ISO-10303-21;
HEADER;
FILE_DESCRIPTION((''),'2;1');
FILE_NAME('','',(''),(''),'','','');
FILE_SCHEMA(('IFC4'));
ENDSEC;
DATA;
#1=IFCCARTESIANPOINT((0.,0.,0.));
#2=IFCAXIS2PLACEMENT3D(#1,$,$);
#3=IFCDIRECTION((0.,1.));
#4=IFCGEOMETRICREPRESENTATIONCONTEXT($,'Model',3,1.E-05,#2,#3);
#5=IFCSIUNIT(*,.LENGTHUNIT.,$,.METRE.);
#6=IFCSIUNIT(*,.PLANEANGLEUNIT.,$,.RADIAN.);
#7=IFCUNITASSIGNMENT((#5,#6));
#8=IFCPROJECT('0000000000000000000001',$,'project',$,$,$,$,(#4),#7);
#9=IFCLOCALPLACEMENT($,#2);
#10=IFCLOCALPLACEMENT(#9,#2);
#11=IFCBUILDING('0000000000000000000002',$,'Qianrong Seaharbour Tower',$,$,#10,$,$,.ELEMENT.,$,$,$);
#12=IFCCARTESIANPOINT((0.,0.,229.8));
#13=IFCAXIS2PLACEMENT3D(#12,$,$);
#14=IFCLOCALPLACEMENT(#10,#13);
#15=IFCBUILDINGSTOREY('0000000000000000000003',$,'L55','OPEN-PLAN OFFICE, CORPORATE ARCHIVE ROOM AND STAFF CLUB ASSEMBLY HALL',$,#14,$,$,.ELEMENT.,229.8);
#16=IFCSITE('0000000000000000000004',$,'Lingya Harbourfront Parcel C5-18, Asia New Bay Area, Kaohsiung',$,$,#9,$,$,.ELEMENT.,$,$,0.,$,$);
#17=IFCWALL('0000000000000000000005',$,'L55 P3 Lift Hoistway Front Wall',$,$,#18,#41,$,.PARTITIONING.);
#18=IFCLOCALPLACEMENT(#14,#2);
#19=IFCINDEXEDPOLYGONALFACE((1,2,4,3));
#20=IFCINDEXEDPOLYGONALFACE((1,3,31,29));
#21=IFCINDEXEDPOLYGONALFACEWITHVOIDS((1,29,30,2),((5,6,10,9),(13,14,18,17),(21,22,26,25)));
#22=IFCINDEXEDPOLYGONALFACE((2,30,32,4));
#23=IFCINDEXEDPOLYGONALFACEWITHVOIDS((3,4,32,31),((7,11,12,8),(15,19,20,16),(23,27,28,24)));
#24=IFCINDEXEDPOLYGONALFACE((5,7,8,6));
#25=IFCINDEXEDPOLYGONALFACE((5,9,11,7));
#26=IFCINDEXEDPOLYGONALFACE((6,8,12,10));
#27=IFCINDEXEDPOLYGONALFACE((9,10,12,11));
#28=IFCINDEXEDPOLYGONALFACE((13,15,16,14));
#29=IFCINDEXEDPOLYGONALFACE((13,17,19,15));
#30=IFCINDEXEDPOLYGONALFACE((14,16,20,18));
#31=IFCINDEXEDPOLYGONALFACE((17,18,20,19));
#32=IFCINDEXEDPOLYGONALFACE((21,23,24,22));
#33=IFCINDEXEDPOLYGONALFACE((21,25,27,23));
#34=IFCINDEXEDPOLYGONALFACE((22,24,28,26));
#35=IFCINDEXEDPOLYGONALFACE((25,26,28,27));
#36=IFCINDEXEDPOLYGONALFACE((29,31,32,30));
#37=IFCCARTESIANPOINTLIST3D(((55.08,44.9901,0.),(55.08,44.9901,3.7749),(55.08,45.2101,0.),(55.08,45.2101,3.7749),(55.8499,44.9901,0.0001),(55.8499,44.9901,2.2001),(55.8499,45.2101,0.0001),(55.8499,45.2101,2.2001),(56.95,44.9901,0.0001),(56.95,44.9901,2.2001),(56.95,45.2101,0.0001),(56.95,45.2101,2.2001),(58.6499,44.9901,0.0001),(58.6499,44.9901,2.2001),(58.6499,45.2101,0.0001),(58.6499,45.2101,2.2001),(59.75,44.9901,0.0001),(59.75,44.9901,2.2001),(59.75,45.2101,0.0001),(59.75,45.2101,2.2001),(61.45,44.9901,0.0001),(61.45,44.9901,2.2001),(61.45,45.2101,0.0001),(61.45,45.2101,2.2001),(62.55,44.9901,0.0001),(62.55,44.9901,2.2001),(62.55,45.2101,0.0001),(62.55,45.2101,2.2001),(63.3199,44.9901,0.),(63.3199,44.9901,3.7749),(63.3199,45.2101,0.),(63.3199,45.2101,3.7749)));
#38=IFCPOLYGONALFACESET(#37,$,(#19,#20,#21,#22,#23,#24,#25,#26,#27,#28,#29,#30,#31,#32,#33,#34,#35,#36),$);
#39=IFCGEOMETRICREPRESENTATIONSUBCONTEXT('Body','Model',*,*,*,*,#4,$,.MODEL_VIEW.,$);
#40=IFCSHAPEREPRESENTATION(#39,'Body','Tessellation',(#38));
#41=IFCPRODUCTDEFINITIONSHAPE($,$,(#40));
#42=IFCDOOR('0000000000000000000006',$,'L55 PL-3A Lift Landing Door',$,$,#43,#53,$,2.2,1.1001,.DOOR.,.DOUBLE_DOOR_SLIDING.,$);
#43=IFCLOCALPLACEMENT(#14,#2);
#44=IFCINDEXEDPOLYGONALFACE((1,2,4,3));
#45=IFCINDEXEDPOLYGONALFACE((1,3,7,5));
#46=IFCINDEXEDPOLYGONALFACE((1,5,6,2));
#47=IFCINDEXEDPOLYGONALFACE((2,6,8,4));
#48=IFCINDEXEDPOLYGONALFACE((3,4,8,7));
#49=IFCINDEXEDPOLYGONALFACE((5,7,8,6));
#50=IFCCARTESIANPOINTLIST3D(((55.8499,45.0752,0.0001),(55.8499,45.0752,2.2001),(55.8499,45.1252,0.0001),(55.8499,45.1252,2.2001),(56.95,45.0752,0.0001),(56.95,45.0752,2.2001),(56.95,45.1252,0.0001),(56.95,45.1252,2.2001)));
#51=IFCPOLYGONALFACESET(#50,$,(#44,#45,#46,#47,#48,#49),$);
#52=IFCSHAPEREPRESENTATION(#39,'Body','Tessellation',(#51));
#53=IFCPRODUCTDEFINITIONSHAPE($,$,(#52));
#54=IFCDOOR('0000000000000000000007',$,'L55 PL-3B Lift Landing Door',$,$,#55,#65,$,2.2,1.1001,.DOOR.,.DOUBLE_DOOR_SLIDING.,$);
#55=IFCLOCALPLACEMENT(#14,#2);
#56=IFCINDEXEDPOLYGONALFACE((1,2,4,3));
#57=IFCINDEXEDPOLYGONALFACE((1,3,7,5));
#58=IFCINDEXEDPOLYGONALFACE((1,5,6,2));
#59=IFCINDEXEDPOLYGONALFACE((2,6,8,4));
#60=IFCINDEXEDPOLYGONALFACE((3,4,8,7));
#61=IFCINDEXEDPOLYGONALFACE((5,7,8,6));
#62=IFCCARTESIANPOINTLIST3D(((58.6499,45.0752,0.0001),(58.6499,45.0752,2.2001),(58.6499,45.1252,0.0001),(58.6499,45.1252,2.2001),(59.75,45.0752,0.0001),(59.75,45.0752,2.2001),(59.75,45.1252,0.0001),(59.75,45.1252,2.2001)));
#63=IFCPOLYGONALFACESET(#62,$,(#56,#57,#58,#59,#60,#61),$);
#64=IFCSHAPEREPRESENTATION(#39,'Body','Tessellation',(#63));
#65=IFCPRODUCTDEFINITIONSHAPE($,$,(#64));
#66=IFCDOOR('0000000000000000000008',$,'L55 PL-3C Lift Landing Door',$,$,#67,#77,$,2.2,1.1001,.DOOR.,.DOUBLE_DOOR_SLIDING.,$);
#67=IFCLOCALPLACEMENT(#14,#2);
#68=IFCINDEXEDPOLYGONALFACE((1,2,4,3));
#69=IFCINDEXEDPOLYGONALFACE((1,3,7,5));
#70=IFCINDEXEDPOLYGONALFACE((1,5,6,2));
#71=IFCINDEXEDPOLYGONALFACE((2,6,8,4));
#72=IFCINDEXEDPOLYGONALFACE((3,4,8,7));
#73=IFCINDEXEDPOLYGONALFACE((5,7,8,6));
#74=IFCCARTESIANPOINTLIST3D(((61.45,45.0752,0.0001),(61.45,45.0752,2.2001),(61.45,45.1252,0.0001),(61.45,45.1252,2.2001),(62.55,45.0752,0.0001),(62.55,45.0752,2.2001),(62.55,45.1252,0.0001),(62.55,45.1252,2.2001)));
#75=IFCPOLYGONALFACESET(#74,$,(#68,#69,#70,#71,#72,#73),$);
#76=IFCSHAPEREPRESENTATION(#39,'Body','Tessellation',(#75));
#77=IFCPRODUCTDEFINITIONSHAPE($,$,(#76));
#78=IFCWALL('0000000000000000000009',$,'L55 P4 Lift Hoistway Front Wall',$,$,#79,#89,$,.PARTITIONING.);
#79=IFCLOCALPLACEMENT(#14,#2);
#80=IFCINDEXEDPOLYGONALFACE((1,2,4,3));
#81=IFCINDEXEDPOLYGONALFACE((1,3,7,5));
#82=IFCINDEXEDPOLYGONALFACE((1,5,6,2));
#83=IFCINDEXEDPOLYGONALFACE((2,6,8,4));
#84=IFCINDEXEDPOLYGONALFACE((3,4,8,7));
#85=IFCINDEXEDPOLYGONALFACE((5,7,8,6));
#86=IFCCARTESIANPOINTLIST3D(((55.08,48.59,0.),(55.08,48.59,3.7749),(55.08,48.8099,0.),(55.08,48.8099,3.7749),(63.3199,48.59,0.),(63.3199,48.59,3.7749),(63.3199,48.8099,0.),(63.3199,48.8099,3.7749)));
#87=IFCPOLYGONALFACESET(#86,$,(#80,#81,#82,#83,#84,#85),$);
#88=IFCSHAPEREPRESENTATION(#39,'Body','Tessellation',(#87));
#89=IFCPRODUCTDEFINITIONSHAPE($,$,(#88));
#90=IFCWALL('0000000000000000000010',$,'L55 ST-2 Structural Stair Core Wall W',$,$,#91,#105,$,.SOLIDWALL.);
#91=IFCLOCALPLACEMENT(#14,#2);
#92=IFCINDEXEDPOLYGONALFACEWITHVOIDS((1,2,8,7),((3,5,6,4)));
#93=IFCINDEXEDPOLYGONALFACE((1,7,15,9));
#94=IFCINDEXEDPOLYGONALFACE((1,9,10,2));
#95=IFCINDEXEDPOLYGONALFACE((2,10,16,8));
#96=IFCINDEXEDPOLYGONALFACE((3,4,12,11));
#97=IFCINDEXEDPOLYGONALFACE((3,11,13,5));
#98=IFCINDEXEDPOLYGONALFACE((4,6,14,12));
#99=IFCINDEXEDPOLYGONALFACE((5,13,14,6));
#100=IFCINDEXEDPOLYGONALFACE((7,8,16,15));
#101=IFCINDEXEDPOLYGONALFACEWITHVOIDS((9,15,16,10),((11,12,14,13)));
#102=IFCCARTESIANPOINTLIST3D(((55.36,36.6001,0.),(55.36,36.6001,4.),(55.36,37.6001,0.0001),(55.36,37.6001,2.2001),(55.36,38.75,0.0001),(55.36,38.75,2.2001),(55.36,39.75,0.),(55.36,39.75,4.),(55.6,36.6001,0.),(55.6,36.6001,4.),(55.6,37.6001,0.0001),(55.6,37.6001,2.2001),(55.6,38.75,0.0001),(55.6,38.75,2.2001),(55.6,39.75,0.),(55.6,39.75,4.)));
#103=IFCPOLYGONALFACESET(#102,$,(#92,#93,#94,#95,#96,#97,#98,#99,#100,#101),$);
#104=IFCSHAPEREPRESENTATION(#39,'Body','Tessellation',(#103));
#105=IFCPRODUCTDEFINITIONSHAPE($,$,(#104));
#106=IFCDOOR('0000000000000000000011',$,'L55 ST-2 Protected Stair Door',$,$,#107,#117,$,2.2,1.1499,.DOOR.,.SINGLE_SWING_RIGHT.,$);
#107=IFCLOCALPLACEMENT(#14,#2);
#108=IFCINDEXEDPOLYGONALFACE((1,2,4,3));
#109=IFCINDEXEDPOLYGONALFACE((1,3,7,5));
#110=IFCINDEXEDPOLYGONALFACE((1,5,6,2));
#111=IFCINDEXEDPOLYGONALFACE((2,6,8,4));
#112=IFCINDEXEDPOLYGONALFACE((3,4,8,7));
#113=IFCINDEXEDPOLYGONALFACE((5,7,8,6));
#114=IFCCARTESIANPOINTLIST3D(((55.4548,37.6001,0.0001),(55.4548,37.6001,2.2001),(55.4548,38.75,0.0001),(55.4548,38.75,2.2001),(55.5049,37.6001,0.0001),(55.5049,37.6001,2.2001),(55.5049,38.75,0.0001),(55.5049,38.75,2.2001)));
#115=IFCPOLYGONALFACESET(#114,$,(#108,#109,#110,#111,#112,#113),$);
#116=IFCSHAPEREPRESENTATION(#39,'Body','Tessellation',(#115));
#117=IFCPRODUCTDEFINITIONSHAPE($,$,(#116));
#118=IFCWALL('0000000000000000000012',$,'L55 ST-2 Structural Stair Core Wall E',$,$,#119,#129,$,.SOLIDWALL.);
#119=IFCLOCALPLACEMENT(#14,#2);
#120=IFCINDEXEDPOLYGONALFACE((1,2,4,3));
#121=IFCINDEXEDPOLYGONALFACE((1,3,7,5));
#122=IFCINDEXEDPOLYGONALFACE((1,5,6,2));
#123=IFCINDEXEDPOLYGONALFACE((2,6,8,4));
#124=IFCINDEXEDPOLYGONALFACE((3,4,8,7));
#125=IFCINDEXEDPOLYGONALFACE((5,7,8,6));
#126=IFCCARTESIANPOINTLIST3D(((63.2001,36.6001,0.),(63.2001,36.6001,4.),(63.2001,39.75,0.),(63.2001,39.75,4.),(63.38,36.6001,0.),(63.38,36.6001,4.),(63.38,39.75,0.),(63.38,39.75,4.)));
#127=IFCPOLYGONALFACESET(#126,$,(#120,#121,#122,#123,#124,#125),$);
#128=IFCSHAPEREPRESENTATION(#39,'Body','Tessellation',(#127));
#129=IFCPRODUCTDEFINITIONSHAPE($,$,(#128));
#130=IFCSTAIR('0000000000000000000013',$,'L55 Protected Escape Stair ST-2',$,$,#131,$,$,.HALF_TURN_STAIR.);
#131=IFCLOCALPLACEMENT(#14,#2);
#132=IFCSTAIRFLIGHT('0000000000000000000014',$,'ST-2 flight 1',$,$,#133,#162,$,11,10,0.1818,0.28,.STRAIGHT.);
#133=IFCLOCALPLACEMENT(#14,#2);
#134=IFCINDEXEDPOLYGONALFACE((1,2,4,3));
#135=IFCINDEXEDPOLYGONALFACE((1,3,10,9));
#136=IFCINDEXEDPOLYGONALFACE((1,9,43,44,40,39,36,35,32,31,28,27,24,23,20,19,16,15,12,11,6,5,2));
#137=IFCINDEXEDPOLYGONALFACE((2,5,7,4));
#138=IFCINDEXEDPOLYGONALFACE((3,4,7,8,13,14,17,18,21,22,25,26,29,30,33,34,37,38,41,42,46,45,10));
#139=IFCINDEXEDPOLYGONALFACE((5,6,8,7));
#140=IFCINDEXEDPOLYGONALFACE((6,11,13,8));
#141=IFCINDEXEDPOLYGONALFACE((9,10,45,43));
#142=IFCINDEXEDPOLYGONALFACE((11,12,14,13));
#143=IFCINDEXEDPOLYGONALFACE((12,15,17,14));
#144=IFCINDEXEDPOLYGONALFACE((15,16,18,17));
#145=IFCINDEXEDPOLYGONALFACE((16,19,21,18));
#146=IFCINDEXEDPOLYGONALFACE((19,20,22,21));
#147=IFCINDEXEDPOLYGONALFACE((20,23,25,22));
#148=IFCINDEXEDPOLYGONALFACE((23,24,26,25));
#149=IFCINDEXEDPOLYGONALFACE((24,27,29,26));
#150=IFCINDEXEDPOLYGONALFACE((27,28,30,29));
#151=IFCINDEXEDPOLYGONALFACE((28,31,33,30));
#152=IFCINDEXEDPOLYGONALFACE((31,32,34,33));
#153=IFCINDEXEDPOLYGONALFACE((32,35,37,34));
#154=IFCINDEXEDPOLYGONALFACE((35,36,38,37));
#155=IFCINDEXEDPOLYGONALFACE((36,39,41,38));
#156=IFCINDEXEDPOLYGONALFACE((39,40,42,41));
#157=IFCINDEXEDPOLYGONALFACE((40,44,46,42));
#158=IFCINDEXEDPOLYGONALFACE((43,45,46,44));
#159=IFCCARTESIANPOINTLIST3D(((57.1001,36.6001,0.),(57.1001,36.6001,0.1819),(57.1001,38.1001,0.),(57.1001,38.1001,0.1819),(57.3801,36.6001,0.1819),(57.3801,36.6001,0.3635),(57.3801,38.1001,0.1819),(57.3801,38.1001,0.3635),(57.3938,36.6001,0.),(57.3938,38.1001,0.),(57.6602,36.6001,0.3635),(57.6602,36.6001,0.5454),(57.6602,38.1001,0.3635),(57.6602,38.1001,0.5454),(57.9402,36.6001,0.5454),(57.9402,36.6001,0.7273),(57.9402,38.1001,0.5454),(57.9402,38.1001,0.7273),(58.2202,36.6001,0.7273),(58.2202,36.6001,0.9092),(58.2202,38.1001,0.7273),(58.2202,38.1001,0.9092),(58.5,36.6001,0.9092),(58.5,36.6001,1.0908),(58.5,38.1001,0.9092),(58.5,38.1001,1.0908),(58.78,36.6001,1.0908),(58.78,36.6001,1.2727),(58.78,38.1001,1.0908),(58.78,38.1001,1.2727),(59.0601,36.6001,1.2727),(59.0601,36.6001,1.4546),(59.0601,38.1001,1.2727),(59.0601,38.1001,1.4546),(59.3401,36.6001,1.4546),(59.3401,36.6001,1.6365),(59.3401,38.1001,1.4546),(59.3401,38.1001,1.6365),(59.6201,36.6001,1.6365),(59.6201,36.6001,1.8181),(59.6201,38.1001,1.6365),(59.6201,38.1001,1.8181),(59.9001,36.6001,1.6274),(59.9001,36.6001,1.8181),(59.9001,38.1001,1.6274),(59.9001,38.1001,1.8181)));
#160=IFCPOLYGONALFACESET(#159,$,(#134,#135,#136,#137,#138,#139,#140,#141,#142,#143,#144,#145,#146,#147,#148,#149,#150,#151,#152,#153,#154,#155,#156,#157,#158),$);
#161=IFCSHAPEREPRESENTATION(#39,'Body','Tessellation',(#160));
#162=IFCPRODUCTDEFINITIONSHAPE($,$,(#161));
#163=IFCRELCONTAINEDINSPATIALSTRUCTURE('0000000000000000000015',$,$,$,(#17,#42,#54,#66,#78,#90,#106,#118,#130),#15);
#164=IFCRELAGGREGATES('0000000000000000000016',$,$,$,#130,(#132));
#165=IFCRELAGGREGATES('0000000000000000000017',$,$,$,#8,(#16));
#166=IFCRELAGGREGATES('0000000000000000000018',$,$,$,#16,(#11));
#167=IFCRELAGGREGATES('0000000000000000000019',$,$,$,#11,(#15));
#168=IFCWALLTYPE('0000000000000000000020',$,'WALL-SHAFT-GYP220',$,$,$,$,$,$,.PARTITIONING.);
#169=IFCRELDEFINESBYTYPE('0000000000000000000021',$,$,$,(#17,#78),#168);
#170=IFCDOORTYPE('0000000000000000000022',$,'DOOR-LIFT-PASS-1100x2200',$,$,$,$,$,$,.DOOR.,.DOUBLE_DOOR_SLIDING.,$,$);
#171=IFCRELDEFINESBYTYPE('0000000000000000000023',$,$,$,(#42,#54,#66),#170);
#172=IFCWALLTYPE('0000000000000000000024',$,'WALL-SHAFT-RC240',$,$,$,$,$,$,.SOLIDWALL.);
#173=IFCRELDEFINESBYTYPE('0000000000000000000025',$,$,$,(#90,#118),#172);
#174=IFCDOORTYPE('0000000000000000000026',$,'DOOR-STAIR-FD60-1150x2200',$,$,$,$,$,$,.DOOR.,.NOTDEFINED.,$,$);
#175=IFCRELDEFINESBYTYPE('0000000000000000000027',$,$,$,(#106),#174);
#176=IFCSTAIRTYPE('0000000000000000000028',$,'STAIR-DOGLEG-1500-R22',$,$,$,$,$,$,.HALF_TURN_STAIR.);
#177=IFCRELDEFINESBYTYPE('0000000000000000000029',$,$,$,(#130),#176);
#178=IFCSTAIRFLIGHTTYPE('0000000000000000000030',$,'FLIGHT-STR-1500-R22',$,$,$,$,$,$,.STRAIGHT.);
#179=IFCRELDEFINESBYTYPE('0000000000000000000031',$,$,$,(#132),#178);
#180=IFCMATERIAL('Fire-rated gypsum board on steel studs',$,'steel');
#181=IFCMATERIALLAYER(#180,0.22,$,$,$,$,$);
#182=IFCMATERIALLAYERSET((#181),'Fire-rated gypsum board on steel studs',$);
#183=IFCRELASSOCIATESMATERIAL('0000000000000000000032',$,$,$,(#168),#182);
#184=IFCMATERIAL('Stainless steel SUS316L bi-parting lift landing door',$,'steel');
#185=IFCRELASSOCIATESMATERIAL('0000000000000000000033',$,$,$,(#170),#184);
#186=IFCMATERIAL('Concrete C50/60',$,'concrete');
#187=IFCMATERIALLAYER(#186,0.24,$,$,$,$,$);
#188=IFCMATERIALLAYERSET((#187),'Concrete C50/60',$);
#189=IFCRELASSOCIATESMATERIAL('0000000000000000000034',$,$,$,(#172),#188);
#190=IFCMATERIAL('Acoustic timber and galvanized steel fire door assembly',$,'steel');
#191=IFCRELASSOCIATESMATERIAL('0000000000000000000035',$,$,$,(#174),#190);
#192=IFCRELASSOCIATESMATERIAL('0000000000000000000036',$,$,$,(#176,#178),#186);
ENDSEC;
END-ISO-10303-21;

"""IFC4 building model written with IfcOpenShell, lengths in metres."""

from ifc_helpers import new_model, si_unit, direction, frame, frame_2d, origin, place, context, subcontext, project, spatial, polyline, rectangle, outline, extrude, material, layer, layer_set, type_object, element, fill, aggregate, save


model = new_model("IFC4")

# Units and contexts
model_context = context("Model", 3, precision=1e-05, world=origin(), true_north=direction((0.0, 1.0)))
body_context = subcontext(model_context, "Body", "Model", "MODEL_VIEW")
ifc_project = project(units=[si_unit("LENGTHUNIT", "METRE"), si_unit("PLANEANGLEUNIT", "RADIAN")], contexts=[model_context])

# Site, building, storey
site_placement = place(None, origin())
site = spatial("IfcSite", under=ifc_project, at=site_placement, Name="Lingya Harbourfront Parcel C5-18, Asia New Bay Area, Kaohsiung", CompositionType="ELEMENT", RefElevation=0.0)
building_placement = place(site_placement, origin())
building = spatial("IfcBuilding", under=site, at=building_placement, Name="Qianrong Seaharbour Tower", CompositionType="ELEMENT")
storey_placement = place(building_placement, frame((0.0, 0.0, 229.8)))
storey = spatial("IfcBuildingStorey", under=building, at=storey_placement, Name="L55", Description="OPEN-PLAN OFFICE, CORPORATE ARCHIVE ROOM AND STAFF CLUB ASSEMBLY HALL", CompositionType="ELEMENT", Elevation=229.8)

# Shared definitions
ifc_material_1 = material(Name="Acoustic timber and galvanized steel fire door assembly", Category="steel")

# Shared definitions
ifc_material_2 = material(Name="Fire-rated gypsum board on steel studs", Category="steel")

# Wall, openings, doors
ifc_layer_1 = layer(ifc_material_2, 0.22)
ifc_layer_set_1 = layer_set([ifc_layer_1], Name="Fire-rated gypsum board on steel studs")
wall_type_1 = type_object("IfcWallType", Name="WALL-SHAFT-GYP220", PredefinedType="PARTITIONING", material=ifc_layer_set_1)
wall_1_placement = place(storey_placement, frame((63.3201, 45.1001, 0.0), z_axis=(0.0, 0.0, 1.0), x_axis=(-1.0, 0.0, 0.0)))
wall_1 = element("IfcWall", 1, at=wall_1_placement, inside=storey, type_object=wall_type_1, Name="L55 P3 Lift Hoistway Front Wall", PredefinedType="PARTITIONING", context=body_context, shape_type="SweptSolid", body=[
    extrude(rectangle(XDim=8.24, YDim=0.22, at=frame_2d((4.1201, 0.0))), origin(), (0.0, 0.0, 1.0), 3.7749),
])
opening_1_placement = place(wall_1_placement, frame((6.3701, 0.0, 0.0)))
opening_1 = element("IfcOpeningElement", 2, at=opening_1_placement, cuts=wall_1, PredefinedType="OPENING", context=body_context, shape_type="SweptSolid", body=[
    extrude(rectangle(XDim=1.1001, YDim=2.2, at=frame_2d((0.55, 1.1001))), frame((0.0, 0.1201, 0.0), z_axis=(0.0, -1.0, 0.0), x_axis=(1.0, 0.0, 0.0)), (0.0, 0.0, 1.0), 0.24),
])
opening_2_placement = place(wall_1_placement, frame((3.5701, 0.0, 0.0)))
opening_2 = element("IfcOpeningElement", 3, at=opening_2_placement, cuts=wall_1, PredefinedType="OPENING", context=body_context, shape_type="SweptSolid", body=[
    extrude(rectangle(XDim=1.1001, YDim=2.2, at=frame_2d((0.55, 1.1001))), frame((0.0, 0.1201, 0.0), z_axis=(0.0, -1.0, 0.0), x_axis=(1.0, 0.0, 0.0)), (0.0, 0.0, 1.0), 0.24),
])
opening_3_placement = place(wall_1_placement, frame((0.77, 0.0, 0.0)))
opening_3 = element("IfcOpeningElement", 4, at=opening_3_placement, cuts=wall_1, PredefinedType="OPENING", context=body_context, shape_type="SweptSolid", body=[
    extrude(rectangle(XDim=1.1001, YDim=2.2, at=frame_2d((0.55, 1.1001))), frame((0.0, 0.1201, 0.0), z_axis=(0.0, -1.0, 0.0), x_axis=(1.0, 0.0, 0.0)), (0.0, 0.0, 1.0), 0.24),
])
ifc_material_3 = material(Name="Stainless steel SUS316L bi-parting lift landing door", Category="steel")
door_type_1 = type_object("IfcDoorType", Name="DOOR-LIFT-PASS-1100x2200", OperationType="DOUBLE_DOOR_SLIDING", PredefinedType="DOOR", material=ifc_material_3)
door_1_placement = place(opening_1_placement, origin())
door_1 = element("IfcDoor", 5, at=door_1_placement, inside=storey, type_object=door_type_1, Name="L55 PL-3A Lift Landing Door", OperationType="DOUBLE_DOOR_SLIDING", OverallHeight=2.2, OverallWidth=1.1001, PredefinedType="DOOR", context=body_context, shape_type="SweptSolid", body=[
    extrude(rectangle(XDim=1.1001, YDim=2.2, at=frame_2d((0.55, 1.1001))), frame((0.0, 0.0249, 0.0), z_axis=(0.0, -1.0, 0.0), x_axis=(1.0, 0.0, 0.0)), (0.0, 0.0, 1.0), 0.05),
])
fill(opening_1, door_1)
door_2_placement = place(opening_2_placement, origin())
door_2 = element("IfcDoor", 6, at=door_2_placement, inside=storey, type_object=door_type_1, Name="L55 PL-3B Lift Landing Door", OperationType="DOUBLE_DOOR_SLIDING", OverallHeight=2.2, OverallWidth=1.1001, PredefinedType="DOOR", context=body_context, shape_type="SweptSolid", body=[
    extrude(rectangle(XDim=1.1001, YDim=2.2, at=frame_2d((0.55, 1.1001))), frame((0.0, 0.0249, 0.0), z_axis=(0.0, -1.0, 0.0), x_axis=(1.0, 0.0, 0.0)), (0.0, 0.0, 1.0), 0.05),
])
fill(opening_2, door_2)
door_3_placement = place(opening_3_placement, origin())
door_3 = element("IfcDoor", 7, at=door_3_placement, inside=storey, type_object=door_type_1, Name="L55 PL-3C Lift Landing Door", OperationType="DOUBLE_DOOR_SLIDING", OverallHeight=2.2, OverallWidth=1.1001, PredefinedType="DOOR", context=body_context, shape_type="SweptSolid", body=[
    extrude(rectangle(XDim=1.1001, YDim=2.2, at=frame_2d((0.55, 1.1001))), frame((0.0, 0.0249, 0.0), z_axis=(0.0, -1.0, 0.0), x_axis=(1.0, 0.0, 0.0)), (0.0, 0.0, 1.0), 0.05),
])
fill(opening_3, door_3)

# Wall
wall_2_placement = place(storey_placement, frame((63.3201, 48.7, 0.0), z_axis=(0.0, 0.0, 1.0), x_axis=(-1.0, 0.0, 0.0)))
element("IfcWall", 8, at=wall_2_placement, inside=storey, type_object=wall_type_1, Name="L55 P4 Lift Hoistway Front Wall", PredefinedType="PARTITIONING", context=body_context, shape_type="SweptSolid", body=[
    extrude(rectangle(XDim=8.24, YDim=0.22, at=frame_2d((4.1201, 0.0))), origin(), (0.0, 0.0, 1.0), 3.7749),
])

# Wall, opening, door
ifc_material_4 = material(Name="Concrete C50/60", Category="concrete")
ifc_layer_2 = layer(ifc_material_4, 0.24)
ifc_layer_set_2 = layer_set([ifc_layer_2], Name="Concrete C50/60")
wall_type_2 = type_object("IfcWallType", Name="WALL-SHAFT-RC240", PredefinedType="SOLIDWALL", material=ifc_layer_set_2)
wall_3_placement = place(storey_placement, frame((55.48, 39.75, 0.0), z_axis=(0.0, 0.0, 1.0), x_axis=(0.0, -1.0, 0.0)))
wall_3 = element("IfcWall", 9, at=wall_3_placement, inside=storey, type_object=wall_type_2, Name="L55 ST-2 Structural Stair Core Wall W", PredefinedType="SOLIDWALL", context=body_context, shape_type="SweptSolid", body=[
    extrude(rectangle(XDim=3.1499, YDim=0.24, at=frame_2d((1.575, 0.0))), origin(), (0.0, 0.0, 1.0), 4.0),
])
opening_4_placement = place(wall_3_placement, frame((1.0, 0.0, 0.0)))
opening_4 = element("IfcOpeningElement", 10, at=opening_4_placement, cuts=wall_3, PredefinedType="OPENING", context=body_context, shape_type="SweptSolid", body=[
    extrude(rectangle(XDim=1.1499, YDim=2.2, at=frame_2d((0.575, 1.1001))), frame((0.0, 0.1299, 0.0), z_axis=(0.0, -1.0, 0.0), x_axis=(1.0, 0.0, 0.0)), (0.0, 0.0, 1.0), 0.26),
])
door_type_2 = type_object("IfcDoorType", Name="DOOR-STAIR-FD60-1150x2200", OperationType="NOTDEFINED", PredefinedType="DOOR", material=ifc_material_1)
door_4_placement = place(opening_4_placement, origin())
door_4 = element("IfcDoor", 11, at=door_4_placement, inside=storey, type_object=door_type_2, Name="L55 ST-2 Protected Stair Door", OperationType="SINGLE_SWING_RIGHT", OverallHeight=2.2, OverallWidth=1.1499, PredefinedType="DOOR", context=body_context, shape_type="SweptSolid", body=[
    extrude(rectangle(XDim=1.1499, YDim=2.2, at=frame_2d((0.575, 1.1001))), frame((0.0, 0.0249, 0.0), z_axis=(0.0, -1.0, 0.0), x_axis=(1.0, 0.0, 0.0)), (0.0, 0.0, 1.0), 0.05),
])
fill(opening_4, door_4)

# Wall
wall_4_placement = place(storey_placement, frame((63.29, 36.6001, 0.0), z_axis=(0.0, 0.0, 1.0), x_axis=(0.0, 1.0, 0.0)))
element("IfcWall", 12, at=wall_4_placement, inside=storey, type_object=wall_type_2, Name="L55 ST-2 Structural Stair Core Wall E", PredefinedType="SOLIDWALL", context=body_context, shape_type="SweptSolid", body=[
    extrude(rectangle(XDim=3.1499, YDim=0.1799, at=frame_2d((1.575, 0.0))), origin(), (0.0, 0.0, 1.0), 4.0),
])

# Stair, stair flight
stair_type = type_object("IfcStairType", Name="STAIR-DOGLEG-1500-R22", PredefinedType="HALF_TURN_STAIR", material=ifc_material_4)
stair_placement = place(storey_placement, origin())
stair = element("IfcStair", 13, at=stair_placement, inside=storey, type_object=stair_type, Name="L55 Protected Escape Stair ST-2", PredefinedType="HALF_TURN_STAIR")
stair_flight_type = type_object("IfcStairFlightType", Name="FLIGHT-STR-1500-R22", PredefinedType="STRAIGHT", material=ifc_material_4)
stair_flight_1_placement = place(storey_placement, frame((57.1001, 37.3501, 0.0), z_axis=(0.0, 0.0, 1.0), x_axis=(1.0, 0.0, 0.0)))
stair_flight_1 = element("IfcStairFlight", 14, at=stair_flight_1_placement, type_object=stair_flight_type, Name="ST-2 flight 1", NumberOfRisers=11, NumberOfTreads=10, PredefinedType="STRAIGHT", RiserHeight=0.1818, TreadLength=0.28, context=body_context, shape_type="SweptSolid", body=[
    extrude(outline(polyline([(0.0, 0.0), (0.0, 0.1819), (0.28, 0.1819), (0.28, 0.3635), (0.5601, 0.3635), (0.5601, 0.5454), (0.8401, 0.5454), (0.8401, 0.7273), (1.1201, 0.7273), (1.1201, 0.9092), (1.3999, 0.9092), (1.3999, 1.0908), (1.6799, 1.0908), (1.6799, 1.2727), (1.96, 1.2727), (1.96, 1.4546), (2.24, 1.4546), (2.24, 1.6365), (2.52, 1.6365), (2.52, 1.8181), (2.8, 1.8181), (2.8, 2.0), (2.8, 1.6274), (0.2937, 0.0), (0.0, 0.0)])), frame((0.0, 0.75, 0.0), z_axis=(0.0, -1.0, 0.0), x_axis=(1.0, 0.0, 0.0)), (0.0, 0.0, 1.0), 1.5),
])
aggregate(stair, [stair_flight_1])

save(model, "model.ifc")
